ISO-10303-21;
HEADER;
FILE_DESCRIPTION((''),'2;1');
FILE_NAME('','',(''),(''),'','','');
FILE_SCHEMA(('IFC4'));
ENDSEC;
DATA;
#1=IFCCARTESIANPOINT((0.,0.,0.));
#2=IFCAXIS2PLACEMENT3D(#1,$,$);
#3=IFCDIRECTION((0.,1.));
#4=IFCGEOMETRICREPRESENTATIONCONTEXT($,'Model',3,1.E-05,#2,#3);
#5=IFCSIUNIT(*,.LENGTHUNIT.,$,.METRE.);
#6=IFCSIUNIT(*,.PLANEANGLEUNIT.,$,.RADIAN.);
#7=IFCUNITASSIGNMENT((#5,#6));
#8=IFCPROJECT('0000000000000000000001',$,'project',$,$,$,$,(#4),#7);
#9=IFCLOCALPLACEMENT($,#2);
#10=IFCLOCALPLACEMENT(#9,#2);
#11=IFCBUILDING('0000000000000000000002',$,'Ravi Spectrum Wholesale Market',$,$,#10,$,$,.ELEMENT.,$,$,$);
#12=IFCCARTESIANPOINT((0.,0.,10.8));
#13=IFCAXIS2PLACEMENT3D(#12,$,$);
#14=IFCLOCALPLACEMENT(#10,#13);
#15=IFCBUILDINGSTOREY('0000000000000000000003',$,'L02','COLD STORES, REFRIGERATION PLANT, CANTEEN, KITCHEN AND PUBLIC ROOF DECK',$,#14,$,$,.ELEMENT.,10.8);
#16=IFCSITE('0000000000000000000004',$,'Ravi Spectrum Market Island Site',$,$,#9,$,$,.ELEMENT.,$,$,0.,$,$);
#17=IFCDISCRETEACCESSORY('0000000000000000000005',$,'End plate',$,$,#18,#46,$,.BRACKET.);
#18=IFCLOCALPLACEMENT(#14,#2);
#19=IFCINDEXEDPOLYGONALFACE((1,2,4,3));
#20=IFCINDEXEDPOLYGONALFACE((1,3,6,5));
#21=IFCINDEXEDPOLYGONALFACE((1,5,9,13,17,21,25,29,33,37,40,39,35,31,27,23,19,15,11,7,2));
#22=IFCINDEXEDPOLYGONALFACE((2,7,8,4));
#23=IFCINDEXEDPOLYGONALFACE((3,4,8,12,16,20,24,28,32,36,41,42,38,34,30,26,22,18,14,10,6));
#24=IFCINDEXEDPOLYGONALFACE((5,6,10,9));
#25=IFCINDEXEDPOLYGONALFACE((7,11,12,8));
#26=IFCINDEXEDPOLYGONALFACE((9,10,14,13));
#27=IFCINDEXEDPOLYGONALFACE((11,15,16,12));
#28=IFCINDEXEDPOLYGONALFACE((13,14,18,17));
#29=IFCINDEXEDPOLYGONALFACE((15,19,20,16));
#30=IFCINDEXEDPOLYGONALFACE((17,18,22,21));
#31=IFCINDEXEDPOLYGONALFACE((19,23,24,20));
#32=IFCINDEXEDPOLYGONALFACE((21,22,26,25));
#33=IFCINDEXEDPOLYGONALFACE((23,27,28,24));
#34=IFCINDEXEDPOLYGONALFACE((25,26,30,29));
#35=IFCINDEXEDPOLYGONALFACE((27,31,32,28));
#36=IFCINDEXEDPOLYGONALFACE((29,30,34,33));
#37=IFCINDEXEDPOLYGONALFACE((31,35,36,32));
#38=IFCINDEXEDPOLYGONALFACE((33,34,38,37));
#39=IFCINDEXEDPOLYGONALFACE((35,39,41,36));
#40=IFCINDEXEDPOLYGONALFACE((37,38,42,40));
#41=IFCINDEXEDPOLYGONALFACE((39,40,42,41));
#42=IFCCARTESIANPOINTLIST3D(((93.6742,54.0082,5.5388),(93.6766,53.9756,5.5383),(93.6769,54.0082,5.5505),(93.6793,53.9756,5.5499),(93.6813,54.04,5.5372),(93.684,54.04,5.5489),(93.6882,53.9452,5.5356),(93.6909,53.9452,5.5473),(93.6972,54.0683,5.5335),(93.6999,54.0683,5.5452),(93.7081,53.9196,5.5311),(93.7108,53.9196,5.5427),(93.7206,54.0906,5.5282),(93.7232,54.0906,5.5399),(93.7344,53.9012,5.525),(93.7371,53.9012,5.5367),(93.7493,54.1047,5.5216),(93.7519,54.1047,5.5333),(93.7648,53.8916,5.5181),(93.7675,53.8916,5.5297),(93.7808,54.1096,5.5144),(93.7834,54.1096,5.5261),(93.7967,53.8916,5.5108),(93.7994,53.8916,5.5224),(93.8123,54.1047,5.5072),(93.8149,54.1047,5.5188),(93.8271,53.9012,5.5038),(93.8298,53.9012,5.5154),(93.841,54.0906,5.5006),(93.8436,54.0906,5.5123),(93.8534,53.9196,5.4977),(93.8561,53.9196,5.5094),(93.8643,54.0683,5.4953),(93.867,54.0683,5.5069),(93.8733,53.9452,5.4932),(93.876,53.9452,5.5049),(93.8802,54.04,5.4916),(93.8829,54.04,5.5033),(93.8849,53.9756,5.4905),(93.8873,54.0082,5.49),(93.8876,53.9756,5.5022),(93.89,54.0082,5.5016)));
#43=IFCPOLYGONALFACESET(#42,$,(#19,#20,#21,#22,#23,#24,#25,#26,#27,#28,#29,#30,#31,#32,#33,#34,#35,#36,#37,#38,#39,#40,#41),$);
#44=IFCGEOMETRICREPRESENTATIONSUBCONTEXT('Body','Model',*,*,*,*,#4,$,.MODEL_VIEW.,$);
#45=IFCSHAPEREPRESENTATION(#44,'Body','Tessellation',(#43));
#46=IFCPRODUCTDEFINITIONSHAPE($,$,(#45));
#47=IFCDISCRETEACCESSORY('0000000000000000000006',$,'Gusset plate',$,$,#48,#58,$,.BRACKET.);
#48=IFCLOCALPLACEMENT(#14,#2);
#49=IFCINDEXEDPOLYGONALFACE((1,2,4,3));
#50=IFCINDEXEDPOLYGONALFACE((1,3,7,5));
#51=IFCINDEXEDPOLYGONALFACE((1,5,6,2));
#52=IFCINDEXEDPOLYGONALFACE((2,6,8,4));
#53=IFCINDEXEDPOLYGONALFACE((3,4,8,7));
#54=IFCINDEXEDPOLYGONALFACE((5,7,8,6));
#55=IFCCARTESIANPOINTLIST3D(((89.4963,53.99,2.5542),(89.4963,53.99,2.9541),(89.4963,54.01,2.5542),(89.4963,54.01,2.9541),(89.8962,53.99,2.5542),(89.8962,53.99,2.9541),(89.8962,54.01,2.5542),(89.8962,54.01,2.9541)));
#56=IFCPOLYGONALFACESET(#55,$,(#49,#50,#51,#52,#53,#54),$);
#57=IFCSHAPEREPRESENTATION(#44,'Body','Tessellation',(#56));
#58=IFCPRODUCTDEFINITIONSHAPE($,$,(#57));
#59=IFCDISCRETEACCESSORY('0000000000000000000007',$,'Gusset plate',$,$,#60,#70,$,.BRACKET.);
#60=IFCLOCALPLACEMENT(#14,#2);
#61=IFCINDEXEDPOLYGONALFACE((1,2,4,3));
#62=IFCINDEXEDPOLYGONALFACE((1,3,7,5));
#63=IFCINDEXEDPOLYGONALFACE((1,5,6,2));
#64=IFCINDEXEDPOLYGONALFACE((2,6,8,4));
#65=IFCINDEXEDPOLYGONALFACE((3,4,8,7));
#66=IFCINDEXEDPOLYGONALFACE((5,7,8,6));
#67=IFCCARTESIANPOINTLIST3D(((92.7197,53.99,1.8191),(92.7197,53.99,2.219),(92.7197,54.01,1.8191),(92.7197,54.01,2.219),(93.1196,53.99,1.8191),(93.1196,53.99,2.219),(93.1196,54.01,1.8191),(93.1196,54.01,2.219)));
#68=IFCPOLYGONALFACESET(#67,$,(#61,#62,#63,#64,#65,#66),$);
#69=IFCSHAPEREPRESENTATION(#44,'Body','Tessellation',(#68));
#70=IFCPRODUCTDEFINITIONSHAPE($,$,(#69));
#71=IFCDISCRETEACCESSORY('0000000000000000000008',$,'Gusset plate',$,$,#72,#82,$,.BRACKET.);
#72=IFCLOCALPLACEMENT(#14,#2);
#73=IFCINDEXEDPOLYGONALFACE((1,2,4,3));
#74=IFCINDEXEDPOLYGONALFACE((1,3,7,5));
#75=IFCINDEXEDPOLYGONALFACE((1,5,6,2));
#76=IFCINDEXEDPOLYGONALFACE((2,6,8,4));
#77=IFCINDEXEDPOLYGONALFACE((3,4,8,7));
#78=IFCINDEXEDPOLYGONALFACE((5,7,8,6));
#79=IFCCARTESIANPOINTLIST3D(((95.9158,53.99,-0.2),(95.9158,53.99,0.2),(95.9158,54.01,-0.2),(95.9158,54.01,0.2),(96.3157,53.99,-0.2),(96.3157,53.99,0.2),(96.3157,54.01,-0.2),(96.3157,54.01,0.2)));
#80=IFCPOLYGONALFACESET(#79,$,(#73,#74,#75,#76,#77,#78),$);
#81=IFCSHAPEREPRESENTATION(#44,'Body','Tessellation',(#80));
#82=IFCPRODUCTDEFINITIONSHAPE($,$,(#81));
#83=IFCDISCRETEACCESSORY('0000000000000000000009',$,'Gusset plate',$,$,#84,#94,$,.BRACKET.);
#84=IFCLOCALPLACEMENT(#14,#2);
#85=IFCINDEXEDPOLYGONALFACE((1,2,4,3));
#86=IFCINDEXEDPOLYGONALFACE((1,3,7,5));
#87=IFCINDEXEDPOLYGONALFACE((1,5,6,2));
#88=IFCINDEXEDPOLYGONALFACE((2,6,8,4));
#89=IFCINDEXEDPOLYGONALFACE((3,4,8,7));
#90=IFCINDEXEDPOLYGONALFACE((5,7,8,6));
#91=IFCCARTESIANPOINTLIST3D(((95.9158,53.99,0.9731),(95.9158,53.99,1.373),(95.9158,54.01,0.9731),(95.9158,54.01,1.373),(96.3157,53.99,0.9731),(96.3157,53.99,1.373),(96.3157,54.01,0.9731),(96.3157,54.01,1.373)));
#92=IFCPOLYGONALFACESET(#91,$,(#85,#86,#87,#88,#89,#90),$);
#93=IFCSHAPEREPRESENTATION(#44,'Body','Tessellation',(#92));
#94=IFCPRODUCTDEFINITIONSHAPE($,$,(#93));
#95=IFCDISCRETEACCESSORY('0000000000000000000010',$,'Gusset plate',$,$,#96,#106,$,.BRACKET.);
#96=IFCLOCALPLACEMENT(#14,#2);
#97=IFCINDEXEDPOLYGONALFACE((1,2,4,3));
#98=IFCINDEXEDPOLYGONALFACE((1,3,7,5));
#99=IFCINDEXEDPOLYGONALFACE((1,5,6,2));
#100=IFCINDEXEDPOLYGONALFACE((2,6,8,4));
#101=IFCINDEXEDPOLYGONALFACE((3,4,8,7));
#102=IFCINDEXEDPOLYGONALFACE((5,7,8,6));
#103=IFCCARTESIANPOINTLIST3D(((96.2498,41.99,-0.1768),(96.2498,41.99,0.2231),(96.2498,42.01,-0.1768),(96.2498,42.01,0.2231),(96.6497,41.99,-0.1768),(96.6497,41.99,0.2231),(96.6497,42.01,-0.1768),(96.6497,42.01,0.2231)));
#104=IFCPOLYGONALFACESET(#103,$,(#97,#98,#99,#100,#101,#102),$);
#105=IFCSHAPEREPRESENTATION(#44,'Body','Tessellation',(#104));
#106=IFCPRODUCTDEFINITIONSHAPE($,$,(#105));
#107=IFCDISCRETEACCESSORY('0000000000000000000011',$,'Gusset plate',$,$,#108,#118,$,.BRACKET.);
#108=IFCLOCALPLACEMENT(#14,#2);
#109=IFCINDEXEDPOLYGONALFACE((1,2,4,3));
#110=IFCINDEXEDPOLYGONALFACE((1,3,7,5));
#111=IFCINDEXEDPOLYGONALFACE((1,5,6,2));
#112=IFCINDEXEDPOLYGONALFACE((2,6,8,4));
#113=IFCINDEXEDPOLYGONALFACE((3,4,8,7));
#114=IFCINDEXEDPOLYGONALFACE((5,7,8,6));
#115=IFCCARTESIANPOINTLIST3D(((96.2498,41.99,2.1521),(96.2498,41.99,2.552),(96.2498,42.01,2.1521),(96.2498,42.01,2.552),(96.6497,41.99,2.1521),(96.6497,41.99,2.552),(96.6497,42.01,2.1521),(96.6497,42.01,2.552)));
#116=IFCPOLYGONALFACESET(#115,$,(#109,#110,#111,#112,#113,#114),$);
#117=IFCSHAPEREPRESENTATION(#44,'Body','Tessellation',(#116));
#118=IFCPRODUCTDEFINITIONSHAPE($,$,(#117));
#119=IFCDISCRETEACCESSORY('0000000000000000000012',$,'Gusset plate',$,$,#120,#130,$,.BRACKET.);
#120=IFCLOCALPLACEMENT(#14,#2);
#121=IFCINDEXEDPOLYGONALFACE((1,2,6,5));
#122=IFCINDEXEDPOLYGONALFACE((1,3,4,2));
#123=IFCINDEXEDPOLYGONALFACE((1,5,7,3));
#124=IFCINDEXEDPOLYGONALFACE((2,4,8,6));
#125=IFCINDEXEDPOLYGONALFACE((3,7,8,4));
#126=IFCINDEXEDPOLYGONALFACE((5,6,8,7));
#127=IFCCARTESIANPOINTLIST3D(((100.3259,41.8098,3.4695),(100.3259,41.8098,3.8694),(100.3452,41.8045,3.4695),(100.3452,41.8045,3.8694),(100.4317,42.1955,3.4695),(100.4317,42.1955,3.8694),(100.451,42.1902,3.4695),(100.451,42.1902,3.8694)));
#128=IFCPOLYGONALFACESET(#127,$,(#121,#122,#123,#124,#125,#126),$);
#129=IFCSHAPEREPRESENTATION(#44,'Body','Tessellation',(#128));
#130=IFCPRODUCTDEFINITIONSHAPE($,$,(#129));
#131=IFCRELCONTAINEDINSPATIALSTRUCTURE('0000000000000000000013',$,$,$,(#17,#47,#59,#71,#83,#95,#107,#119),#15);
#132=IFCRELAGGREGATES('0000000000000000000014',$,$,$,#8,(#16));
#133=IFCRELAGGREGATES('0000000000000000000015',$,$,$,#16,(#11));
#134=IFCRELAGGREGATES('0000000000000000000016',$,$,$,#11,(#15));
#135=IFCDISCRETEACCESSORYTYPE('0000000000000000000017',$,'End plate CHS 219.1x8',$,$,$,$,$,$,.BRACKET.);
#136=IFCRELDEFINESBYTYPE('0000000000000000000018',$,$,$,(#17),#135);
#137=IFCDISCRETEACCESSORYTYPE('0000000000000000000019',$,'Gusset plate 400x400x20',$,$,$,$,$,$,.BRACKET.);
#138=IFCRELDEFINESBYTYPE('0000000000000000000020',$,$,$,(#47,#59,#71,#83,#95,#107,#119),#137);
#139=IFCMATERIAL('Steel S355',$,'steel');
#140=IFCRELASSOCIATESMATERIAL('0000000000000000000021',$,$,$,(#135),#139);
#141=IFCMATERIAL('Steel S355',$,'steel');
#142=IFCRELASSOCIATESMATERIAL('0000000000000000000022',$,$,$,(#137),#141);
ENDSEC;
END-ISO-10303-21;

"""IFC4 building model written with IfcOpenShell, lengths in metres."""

from ifc_helpers import new_model, si_unit, direction, frame, origin, origin_2d, place, context, subcontext, project, spatial, rectangle, circle, extrude, material, material_profile, profile_set, type_object, element, save


model = new_model("IFC4")

# Units and contexts
model_context = context("Model", 3, precision=1e-05, world=origin(), true_north=direction((0.0, 1.0)))
body_context = subcontext(model_context, "Body", "Model", "MODEL_VIEW")
ifc_project = project(units=[si_unit("LENGTHUNIT", "METRE"), si_unit("PLANEANGLEUNIT", "RADIAN")], contexts=[model_context])

# Site, building, storey
site_placement = place(None, origin())
site = spatial("IfcSite", under=ifc_project, at=site_placement, Name="Ravi Spectrum Market Island Site", CompositionType="ELEMENT", RefElevation=0.0)
building_placement = place(site_placement, origin())
building = spatial("IfcBuilding", under=site, at=building_placement, Name="Ravi Spectrum Wholesale Market", CompositionType="ELEMENT")
storey_placement = place(building_placement, frame((0.0, 0.0, 10.8)))
storey = spatial("IfcBuildingStorey", under=building, at=storey_placement, Name="L02", Description="COLD STORES, REFRIGERATION PLANT, CANTEEN, KITCHEN AND PUBLIC ROOF DECK", CompositionType="ELEMENT", Elevation=10.8)

# Discrete accessories
ifc_material_1 = material(Name="Steel S355", Category="steel")
ifc_material_profile_1 = material_profile(ifc_material_1, circle(Radius=0.1096, at=origin_2d()))
ifc_profile_set_1 = profile_set([ifc_material_profile_1], Name="Steel S355")
discrete_accessory_type_1 = type_object("IfcDiscreteAccessoryType", Name="End plate CHS 219.1x8", PredefinedType="BRACKET", material=ifc_profile_set_1)
for number, where, z_axis, x_axis, name in (
    (1, (93.7808, 54.0, 5.5144), (0.223376, 0.0, 0.974732), (0.0, 1.0, 0.0), "End plate"),
):
    element("IfcDiscreteAccessory", number, at=place(storey_placement, frame(where, z_axis=z_axis, x_axis=x_axis)), inside=storey, type_object=discrete_accessory_type_1, Name=name, PredefinedType="BRACKET", context=body_context, shape_type="SweptSolid", body=[
        extrude(circle(Radius=0.1096, at=origin_2d()), origin(), (0.0, 0.0, 1.0), 0.012),
    ])
ifc_material_2 = material(Name="Steel S355", Category="steel")
ifc_material_profile_2 = material_profile(ifc_material_2, rectangle(XDim=0.3999, YDim=0.02, at=origin_2d()))
ifc_profile_set_2 = profile_set([ifc_material_profile_2], Name="Steel S355")
discrete_accessory_type_2 = type_object("IfcDiscreteAccessoryType", Name="Gusset plate 400x400x20", PredefinedType="BRACKET", material=ifc_profile_set_2)
for number, where, z_axis, x_axis, name in (
    (2, (89.6963, 54.0, 2.5542), (0.0, 0.0, 1.0), (-1.0, 0.0, 0.0), "Gusset plate"),
    (3, (92.9197, 54.0, 1.8191), (0.0, 0.0, 1.0), (-1.0, 0.0, 0.0), "Gusset plate"),
    (4, (96.1157, 54.0, -0.2), (0.0, 0.0, 1.0), (1.0, 0.0, 0.0), "Gusset plate"),
    (5, (96.1157, 54.0, 0.9731), (0.0, 0.0, 1.0), (-1.0, 0.0, 0.0), "Gusset plate"),
    (6, (96.4497, 42.0, -0.1768), (0.0, 0.0, 1.0), (1.0, 0.0, 0.0), "Gusset plate"),
    (7, (96.4497, 42.0, 2.1521), (0.0, 0.0, 1.0), (-1.0, 0.0, 0.0), "Gusset plate"),
    (8, (100.3884, 42.0, 3.4695), (0.0, 0.0, 1.0), (0.264532, 0.964377, 0.0), "Gusset plate"),
):
    element("IfcDiscreteAccessory", number, at=place(storey_placement, frame(where, z_axis=z_axis, x_axis=x_axis)), inside=storey, type_object=discrete_accessory_type_2, Name=name, PredefinedType="BRACKET", context=body_context, shape_type="SweptSolid", body=[
        extrude(rectangle(XDim=0.3999, YDim=0.02, at=origin_2d()), origin(), (0.0, 0.0, 1.0), 0.3999),
    ])

save(model, "model.ifc")
